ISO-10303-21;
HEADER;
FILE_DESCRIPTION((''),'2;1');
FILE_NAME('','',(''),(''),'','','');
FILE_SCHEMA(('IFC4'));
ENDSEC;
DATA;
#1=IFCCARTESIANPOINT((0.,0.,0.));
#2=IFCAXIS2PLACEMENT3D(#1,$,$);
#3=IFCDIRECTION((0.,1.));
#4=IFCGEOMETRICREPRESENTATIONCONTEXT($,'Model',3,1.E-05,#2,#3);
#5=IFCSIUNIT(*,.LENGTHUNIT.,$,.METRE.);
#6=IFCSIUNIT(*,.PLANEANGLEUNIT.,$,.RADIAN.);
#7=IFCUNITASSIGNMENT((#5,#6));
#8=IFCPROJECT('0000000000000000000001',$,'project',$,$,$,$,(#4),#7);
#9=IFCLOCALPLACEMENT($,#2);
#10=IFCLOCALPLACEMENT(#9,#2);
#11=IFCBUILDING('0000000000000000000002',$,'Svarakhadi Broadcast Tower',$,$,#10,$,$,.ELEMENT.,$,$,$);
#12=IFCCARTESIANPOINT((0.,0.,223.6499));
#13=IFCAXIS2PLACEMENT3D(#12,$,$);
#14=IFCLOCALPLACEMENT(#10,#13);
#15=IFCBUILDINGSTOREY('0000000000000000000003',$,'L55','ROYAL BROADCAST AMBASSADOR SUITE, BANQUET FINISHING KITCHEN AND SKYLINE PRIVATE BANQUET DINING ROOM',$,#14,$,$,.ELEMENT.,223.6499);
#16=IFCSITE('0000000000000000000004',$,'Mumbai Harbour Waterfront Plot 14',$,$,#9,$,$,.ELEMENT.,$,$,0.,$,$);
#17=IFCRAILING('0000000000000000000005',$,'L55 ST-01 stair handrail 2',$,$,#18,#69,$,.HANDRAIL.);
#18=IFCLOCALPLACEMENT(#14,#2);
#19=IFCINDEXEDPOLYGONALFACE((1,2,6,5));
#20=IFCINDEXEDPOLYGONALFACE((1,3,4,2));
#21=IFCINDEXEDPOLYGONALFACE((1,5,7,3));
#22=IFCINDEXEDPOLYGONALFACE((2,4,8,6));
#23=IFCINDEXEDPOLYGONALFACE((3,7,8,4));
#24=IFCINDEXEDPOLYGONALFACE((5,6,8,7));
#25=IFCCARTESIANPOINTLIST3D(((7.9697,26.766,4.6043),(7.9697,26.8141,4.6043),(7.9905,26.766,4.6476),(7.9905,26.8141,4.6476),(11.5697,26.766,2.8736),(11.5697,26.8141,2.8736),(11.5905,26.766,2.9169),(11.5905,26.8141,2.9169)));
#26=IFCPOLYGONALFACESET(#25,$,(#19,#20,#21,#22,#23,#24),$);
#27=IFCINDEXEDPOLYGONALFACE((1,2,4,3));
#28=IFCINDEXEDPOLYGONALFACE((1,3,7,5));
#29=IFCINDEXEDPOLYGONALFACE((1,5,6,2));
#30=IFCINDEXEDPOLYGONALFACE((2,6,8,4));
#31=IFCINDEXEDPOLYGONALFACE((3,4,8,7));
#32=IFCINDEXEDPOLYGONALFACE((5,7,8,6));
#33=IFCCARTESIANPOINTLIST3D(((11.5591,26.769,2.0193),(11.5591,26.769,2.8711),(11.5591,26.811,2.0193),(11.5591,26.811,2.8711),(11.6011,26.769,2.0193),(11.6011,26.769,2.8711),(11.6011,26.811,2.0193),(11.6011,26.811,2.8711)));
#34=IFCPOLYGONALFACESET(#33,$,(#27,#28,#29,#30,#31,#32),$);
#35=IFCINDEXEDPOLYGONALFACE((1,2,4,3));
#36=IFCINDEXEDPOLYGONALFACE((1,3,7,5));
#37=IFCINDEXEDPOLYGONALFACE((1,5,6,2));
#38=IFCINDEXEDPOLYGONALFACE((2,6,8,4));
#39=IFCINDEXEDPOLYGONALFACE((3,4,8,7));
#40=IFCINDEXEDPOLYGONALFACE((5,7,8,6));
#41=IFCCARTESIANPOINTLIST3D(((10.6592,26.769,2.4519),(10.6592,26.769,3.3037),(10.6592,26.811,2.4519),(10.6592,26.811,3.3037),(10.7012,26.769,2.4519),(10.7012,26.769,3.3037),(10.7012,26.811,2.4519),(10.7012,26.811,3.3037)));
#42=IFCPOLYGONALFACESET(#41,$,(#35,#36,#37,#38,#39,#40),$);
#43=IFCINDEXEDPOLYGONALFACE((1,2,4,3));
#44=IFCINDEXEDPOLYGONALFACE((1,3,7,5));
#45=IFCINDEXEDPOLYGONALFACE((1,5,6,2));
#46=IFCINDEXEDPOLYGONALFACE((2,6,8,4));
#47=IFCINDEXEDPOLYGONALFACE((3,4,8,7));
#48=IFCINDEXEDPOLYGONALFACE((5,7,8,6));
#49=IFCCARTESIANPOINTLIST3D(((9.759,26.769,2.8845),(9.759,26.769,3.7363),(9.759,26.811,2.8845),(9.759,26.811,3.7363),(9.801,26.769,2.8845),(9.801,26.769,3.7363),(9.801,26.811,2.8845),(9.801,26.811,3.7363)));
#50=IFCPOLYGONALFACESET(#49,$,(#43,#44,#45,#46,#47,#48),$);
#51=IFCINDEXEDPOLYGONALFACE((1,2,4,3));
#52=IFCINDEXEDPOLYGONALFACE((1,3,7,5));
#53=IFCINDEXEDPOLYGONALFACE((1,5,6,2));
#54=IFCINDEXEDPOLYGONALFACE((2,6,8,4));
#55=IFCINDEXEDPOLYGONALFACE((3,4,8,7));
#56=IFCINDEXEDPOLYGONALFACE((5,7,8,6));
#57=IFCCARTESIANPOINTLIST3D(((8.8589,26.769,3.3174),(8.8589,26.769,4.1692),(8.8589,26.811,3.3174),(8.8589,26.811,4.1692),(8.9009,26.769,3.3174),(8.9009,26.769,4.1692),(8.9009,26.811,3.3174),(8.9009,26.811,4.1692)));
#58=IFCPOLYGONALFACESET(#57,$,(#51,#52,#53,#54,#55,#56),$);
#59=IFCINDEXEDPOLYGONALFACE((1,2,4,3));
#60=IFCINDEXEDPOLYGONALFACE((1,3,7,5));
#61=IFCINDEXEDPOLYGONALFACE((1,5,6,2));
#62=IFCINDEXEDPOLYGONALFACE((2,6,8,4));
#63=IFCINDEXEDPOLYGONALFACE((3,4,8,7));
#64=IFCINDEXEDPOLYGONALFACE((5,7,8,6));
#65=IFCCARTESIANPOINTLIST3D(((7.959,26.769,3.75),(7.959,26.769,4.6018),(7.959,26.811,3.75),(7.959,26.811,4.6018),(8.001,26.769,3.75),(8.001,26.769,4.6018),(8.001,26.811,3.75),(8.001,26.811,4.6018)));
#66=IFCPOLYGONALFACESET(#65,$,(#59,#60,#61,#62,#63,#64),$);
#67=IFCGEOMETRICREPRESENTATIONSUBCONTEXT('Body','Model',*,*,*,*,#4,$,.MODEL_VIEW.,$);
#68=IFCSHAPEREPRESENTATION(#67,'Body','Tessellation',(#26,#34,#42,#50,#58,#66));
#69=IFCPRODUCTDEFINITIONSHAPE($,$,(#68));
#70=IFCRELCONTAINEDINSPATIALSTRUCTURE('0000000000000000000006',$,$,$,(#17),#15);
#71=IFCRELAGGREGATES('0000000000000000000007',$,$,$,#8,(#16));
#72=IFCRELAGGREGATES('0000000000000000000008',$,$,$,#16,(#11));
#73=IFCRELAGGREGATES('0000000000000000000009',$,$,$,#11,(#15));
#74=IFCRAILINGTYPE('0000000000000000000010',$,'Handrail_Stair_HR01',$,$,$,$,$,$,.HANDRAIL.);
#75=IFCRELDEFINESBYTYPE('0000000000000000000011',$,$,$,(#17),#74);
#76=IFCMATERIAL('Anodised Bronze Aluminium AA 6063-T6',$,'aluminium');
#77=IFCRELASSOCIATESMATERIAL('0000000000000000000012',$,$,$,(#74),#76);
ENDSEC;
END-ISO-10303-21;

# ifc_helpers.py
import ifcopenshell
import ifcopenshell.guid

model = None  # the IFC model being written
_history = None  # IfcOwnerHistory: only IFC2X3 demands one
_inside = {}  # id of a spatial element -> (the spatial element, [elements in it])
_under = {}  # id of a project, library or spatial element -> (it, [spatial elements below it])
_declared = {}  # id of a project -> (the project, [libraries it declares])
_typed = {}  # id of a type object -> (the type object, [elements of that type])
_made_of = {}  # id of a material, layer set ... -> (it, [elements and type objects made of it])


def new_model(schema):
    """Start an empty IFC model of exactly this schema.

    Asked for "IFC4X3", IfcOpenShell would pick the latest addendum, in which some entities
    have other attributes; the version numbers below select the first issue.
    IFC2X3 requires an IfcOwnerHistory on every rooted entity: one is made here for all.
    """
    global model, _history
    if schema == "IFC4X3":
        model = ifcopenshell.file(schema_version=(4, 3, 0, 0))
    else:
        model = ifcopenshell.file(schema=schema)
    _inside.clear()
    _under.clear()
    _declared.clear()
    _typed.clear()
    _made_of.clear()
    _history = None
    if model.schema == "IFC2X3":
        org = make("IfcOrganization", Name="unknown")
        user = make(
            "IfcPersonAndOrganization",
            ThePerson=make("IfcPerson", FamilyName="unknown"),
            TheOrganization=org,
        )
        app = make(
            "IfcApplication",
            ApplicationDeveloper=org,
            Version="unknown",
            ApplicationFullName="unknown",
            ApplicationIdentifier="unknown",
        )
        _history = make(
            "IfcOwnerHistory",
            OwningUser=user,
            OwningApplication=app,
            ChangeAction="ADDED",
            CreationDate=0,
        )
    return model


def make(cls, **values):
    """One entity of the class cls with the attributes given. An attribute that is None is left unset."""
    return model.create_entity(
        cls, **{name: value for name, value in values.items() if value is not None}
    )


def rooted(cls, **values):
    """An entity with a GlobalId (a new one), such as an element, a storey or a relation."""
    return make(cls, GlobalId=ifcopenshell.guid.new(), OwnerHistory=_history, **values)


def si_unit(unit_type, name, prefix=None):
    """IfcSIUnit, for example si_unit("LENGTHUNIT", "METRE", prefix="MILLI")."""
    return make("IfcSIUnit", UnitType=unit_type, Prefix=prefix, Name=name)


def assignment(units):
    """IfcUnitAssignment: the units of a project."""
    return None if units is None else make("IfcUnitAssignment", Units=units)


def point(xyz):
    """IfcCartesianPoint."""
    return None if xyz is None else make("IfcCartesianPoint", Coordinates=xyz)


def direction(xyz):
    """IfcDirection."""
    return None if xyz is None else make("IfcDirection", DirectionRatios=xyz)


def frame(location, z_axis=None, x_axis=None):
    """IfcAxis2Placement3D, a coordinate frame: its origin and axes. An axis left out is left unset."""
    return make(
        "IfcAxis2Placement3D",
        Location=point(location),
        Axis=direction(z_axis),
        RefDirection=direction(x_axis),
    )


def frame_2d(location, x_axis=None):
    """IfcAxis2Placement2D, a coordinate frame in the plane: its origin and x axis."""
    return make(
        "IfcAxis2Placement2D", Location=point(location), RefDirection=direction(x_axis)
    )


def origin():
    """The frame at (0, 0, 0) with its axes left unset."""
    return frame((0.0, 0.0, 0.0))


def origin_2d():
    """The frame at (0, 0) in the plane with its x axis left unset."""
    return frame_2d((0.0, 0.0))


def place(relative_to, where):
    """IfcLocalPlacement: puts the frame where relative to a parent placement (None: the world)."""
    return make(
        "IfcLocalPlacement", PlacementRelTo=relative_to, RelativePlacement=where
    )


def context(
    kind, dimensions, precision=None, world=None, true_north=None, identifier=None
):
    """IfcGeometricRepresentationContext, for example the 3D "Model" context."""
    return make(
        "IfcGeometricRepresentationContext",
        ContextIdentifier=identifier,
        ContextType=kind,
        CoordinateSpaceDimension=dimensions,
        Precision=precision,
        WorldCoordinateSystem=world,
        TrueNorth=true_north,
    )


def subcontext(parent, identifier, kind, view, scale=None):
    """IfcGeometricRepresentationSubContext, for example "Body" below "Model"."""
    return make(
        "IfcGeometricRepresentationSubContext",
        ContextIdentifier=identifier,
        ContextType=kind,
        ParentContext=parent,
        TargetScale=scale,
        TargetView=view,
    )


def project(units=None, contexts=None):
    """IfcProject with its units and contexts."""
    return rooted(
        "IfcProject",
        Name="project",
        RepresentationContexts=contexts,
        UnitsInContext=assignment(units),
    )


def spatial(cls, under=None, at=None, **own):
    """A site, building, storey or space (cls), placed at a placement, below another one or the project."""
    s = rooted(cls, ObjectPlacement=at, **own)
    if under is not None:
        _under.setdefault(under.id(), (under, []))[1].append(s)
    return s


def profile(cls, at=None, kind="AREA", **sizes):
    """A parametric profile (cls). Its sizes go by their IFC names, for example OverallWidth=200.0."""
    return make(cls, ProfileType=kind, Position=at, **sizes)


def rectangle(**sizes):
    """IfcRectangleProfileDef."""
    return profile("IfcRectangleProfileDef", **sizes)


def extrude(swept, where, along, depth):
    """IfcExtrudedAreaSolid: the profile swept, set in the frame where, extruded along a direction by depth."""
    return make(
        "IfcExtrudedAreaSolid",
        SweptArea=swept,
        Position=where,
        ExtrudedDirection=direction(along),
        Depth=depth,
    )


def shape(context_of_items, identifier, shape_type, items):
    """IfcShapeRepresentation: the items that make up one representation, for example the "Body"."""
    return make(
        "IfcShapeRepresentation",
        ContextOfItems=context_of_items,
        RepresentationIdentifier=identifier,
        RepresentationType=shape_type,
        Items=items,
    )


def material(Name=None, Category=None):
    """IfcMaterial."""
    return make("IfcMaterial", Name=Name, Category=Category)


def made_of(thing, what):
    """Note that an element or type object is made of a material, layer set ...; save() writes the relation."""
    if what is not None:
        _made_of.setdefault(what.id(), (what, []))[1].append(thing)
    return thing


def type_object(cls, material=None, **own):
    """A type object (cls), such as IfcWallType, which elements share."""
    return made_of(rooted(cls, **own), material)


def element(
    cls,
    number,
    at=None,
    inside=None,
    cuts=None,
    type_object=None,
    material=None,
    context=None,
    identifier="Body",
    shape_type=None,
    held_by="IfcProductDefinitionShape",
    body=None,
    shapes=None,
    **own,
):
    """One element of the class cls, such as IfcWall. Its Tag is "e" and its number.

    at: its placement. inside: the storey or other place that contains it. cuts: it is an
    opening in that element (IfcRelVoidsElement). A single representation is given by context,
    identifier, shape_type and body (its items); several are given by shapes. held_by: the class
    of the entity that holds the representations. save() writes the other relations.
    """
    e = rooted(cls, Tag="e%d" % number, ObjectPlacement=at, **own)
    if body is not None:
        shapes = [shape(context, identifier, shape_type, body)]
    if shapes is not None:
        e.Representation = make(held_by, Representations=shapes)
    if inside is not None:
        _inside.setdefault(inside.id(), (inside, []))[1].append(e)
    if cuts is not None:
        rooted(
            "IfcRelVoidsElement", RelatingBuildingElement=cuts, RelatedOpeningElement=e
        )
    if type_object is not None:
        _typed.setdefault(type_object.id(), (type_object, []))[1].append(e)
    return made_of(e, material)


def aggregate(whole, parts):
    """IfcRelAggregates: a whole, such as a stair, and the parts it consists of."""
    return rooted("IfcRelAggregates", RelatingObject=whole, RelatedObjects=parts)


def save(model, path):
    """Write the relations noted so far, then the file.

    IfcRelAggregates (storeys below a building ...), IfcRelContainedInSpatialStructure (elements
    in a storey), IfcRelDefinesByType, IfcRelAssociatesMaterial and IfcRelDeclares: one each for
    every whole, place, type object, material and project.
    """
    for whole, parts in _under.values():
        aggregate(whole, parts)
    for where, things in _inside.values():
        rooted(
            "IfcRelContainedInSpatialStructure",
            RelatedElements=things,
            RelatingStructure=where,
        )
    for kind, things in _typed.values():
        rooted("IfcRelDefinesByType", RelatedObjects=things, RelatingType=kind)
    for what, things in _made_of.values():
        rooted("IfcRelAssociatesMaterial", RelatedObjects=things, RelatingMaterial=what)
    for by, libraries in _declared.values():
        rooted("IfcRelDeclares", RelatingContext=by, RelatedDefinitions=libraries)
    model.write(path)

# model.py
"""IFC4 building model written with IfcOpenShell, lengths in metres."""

from ifc_helpers import new_model, si_unit, direction, frame, origin, origin_2d, place, context, subcontext, project, spatial, rectangle, extrude, material, type_object, element, save


model = new_model("IFC4")

# Units and contexts
model_context = context("Model", 3, precision=1e-05, world=origin(), true_north=direction((0.0, 1.0)))
body_context = subcontext(model_context, "Body", "Model", "MODEL_VIEW")
ifc_project = project(units=[si_unit("LENGTHUNIT", "METRE"), si_unit("PLANEANGLEUNIT", "RADIAN")], contexts=[model_context])

# Site, building, storey
site_placement = place(None, origin())
site = spatial("IfcSite", under=ifc_project, at=site_placement, Name="Mumbai Harbour Waterfront Plot 14", CompositionType="ELEMENT", RefElevation=0.0)
building_placement = place(site_placement, origin())
building = spatial("IfcBuilding", under=site, at=building_placement, Name="Svarakhadi Broadcast Tower", CompositionType="ELEMENT")
storey_placement = place(building_placement, frame((0.0, 0.0, 223.6499)))
storey = spatial("IfcBuildingStorey", under=building, at=storey_placement, Name="L55", Description="ROYAL BROADCAST AMBASSADOR SUITE, BANQUET FINISHING KITCHEN AND SKYLINE PRIVATE BANQUET DINING ROOM", CompositionType="ELEMENT", Elevation=223.6499)

# Railing
ifc_material_1 = material(Name="Anodised Bronze Aluminium AA 6063-T6", Category="aluminium")
railing_type_1 = type_object("IfcRailingType", Name="Handrail_Stair_HR01", PredefinedType="HANDRAIL", material=ifc_material_1)
railing_1_placement = place(storey_placement, frame((11.5801, 26.79, 2.0193)))
element("IfcRailing", 1, at=railing_1_placement, inside=storey, type_object=railing_type_1, Name="L55 ST-01 stair handrail 2", PredefinedType="HANDRAIL", context=body_context, shape_type="SweptSolid", body=[
    extrude(rectangle(XDim=0.0481, YDim=0.0481, at=origin_2d()), frame((0.0, 0.0, 0.876), z_axis=(-0.901263, 0.0, 0.433273), x_axis=(0.0, -1.0, 0.0)), (0.0, 0.0, 1.0), 3.9944),
    extrude(rectangle(XDim=0.042, YDim=0.042, at=origin_2d()), origin(), (0.0, 0.0, 1.0), 0.8518),
    extrude(rectangle(XDim=0.042, YDim=0.042, at=origin_2d()), frame((-0.8999, 0.0, 0.4326)), (0.0, 0.0, 1.0), 0.8518),
    extrude(rectangle(XDim=0.042, YDim=0.042, at=origin_2d()), frame((-1.8, 0.0, 0.8652)), (0.0, 0.0, 1.0), 0.8518),
    extrude(rectangle(XDim=0.042, YDim=0.042, at=origin_2d()), frame((-2.7002, 0.0, 1.2981)), (0.0, 0.0, 1.0), 0.8518),
    extrude(rectangle(XDim=0.042, YDim=0.042, at=origin_2d()), frame((-3.6001, 0.0, 1.7307)), (0.0, 0.0, 1.0), 0.8518),
])

save(model, "model.ifc")
